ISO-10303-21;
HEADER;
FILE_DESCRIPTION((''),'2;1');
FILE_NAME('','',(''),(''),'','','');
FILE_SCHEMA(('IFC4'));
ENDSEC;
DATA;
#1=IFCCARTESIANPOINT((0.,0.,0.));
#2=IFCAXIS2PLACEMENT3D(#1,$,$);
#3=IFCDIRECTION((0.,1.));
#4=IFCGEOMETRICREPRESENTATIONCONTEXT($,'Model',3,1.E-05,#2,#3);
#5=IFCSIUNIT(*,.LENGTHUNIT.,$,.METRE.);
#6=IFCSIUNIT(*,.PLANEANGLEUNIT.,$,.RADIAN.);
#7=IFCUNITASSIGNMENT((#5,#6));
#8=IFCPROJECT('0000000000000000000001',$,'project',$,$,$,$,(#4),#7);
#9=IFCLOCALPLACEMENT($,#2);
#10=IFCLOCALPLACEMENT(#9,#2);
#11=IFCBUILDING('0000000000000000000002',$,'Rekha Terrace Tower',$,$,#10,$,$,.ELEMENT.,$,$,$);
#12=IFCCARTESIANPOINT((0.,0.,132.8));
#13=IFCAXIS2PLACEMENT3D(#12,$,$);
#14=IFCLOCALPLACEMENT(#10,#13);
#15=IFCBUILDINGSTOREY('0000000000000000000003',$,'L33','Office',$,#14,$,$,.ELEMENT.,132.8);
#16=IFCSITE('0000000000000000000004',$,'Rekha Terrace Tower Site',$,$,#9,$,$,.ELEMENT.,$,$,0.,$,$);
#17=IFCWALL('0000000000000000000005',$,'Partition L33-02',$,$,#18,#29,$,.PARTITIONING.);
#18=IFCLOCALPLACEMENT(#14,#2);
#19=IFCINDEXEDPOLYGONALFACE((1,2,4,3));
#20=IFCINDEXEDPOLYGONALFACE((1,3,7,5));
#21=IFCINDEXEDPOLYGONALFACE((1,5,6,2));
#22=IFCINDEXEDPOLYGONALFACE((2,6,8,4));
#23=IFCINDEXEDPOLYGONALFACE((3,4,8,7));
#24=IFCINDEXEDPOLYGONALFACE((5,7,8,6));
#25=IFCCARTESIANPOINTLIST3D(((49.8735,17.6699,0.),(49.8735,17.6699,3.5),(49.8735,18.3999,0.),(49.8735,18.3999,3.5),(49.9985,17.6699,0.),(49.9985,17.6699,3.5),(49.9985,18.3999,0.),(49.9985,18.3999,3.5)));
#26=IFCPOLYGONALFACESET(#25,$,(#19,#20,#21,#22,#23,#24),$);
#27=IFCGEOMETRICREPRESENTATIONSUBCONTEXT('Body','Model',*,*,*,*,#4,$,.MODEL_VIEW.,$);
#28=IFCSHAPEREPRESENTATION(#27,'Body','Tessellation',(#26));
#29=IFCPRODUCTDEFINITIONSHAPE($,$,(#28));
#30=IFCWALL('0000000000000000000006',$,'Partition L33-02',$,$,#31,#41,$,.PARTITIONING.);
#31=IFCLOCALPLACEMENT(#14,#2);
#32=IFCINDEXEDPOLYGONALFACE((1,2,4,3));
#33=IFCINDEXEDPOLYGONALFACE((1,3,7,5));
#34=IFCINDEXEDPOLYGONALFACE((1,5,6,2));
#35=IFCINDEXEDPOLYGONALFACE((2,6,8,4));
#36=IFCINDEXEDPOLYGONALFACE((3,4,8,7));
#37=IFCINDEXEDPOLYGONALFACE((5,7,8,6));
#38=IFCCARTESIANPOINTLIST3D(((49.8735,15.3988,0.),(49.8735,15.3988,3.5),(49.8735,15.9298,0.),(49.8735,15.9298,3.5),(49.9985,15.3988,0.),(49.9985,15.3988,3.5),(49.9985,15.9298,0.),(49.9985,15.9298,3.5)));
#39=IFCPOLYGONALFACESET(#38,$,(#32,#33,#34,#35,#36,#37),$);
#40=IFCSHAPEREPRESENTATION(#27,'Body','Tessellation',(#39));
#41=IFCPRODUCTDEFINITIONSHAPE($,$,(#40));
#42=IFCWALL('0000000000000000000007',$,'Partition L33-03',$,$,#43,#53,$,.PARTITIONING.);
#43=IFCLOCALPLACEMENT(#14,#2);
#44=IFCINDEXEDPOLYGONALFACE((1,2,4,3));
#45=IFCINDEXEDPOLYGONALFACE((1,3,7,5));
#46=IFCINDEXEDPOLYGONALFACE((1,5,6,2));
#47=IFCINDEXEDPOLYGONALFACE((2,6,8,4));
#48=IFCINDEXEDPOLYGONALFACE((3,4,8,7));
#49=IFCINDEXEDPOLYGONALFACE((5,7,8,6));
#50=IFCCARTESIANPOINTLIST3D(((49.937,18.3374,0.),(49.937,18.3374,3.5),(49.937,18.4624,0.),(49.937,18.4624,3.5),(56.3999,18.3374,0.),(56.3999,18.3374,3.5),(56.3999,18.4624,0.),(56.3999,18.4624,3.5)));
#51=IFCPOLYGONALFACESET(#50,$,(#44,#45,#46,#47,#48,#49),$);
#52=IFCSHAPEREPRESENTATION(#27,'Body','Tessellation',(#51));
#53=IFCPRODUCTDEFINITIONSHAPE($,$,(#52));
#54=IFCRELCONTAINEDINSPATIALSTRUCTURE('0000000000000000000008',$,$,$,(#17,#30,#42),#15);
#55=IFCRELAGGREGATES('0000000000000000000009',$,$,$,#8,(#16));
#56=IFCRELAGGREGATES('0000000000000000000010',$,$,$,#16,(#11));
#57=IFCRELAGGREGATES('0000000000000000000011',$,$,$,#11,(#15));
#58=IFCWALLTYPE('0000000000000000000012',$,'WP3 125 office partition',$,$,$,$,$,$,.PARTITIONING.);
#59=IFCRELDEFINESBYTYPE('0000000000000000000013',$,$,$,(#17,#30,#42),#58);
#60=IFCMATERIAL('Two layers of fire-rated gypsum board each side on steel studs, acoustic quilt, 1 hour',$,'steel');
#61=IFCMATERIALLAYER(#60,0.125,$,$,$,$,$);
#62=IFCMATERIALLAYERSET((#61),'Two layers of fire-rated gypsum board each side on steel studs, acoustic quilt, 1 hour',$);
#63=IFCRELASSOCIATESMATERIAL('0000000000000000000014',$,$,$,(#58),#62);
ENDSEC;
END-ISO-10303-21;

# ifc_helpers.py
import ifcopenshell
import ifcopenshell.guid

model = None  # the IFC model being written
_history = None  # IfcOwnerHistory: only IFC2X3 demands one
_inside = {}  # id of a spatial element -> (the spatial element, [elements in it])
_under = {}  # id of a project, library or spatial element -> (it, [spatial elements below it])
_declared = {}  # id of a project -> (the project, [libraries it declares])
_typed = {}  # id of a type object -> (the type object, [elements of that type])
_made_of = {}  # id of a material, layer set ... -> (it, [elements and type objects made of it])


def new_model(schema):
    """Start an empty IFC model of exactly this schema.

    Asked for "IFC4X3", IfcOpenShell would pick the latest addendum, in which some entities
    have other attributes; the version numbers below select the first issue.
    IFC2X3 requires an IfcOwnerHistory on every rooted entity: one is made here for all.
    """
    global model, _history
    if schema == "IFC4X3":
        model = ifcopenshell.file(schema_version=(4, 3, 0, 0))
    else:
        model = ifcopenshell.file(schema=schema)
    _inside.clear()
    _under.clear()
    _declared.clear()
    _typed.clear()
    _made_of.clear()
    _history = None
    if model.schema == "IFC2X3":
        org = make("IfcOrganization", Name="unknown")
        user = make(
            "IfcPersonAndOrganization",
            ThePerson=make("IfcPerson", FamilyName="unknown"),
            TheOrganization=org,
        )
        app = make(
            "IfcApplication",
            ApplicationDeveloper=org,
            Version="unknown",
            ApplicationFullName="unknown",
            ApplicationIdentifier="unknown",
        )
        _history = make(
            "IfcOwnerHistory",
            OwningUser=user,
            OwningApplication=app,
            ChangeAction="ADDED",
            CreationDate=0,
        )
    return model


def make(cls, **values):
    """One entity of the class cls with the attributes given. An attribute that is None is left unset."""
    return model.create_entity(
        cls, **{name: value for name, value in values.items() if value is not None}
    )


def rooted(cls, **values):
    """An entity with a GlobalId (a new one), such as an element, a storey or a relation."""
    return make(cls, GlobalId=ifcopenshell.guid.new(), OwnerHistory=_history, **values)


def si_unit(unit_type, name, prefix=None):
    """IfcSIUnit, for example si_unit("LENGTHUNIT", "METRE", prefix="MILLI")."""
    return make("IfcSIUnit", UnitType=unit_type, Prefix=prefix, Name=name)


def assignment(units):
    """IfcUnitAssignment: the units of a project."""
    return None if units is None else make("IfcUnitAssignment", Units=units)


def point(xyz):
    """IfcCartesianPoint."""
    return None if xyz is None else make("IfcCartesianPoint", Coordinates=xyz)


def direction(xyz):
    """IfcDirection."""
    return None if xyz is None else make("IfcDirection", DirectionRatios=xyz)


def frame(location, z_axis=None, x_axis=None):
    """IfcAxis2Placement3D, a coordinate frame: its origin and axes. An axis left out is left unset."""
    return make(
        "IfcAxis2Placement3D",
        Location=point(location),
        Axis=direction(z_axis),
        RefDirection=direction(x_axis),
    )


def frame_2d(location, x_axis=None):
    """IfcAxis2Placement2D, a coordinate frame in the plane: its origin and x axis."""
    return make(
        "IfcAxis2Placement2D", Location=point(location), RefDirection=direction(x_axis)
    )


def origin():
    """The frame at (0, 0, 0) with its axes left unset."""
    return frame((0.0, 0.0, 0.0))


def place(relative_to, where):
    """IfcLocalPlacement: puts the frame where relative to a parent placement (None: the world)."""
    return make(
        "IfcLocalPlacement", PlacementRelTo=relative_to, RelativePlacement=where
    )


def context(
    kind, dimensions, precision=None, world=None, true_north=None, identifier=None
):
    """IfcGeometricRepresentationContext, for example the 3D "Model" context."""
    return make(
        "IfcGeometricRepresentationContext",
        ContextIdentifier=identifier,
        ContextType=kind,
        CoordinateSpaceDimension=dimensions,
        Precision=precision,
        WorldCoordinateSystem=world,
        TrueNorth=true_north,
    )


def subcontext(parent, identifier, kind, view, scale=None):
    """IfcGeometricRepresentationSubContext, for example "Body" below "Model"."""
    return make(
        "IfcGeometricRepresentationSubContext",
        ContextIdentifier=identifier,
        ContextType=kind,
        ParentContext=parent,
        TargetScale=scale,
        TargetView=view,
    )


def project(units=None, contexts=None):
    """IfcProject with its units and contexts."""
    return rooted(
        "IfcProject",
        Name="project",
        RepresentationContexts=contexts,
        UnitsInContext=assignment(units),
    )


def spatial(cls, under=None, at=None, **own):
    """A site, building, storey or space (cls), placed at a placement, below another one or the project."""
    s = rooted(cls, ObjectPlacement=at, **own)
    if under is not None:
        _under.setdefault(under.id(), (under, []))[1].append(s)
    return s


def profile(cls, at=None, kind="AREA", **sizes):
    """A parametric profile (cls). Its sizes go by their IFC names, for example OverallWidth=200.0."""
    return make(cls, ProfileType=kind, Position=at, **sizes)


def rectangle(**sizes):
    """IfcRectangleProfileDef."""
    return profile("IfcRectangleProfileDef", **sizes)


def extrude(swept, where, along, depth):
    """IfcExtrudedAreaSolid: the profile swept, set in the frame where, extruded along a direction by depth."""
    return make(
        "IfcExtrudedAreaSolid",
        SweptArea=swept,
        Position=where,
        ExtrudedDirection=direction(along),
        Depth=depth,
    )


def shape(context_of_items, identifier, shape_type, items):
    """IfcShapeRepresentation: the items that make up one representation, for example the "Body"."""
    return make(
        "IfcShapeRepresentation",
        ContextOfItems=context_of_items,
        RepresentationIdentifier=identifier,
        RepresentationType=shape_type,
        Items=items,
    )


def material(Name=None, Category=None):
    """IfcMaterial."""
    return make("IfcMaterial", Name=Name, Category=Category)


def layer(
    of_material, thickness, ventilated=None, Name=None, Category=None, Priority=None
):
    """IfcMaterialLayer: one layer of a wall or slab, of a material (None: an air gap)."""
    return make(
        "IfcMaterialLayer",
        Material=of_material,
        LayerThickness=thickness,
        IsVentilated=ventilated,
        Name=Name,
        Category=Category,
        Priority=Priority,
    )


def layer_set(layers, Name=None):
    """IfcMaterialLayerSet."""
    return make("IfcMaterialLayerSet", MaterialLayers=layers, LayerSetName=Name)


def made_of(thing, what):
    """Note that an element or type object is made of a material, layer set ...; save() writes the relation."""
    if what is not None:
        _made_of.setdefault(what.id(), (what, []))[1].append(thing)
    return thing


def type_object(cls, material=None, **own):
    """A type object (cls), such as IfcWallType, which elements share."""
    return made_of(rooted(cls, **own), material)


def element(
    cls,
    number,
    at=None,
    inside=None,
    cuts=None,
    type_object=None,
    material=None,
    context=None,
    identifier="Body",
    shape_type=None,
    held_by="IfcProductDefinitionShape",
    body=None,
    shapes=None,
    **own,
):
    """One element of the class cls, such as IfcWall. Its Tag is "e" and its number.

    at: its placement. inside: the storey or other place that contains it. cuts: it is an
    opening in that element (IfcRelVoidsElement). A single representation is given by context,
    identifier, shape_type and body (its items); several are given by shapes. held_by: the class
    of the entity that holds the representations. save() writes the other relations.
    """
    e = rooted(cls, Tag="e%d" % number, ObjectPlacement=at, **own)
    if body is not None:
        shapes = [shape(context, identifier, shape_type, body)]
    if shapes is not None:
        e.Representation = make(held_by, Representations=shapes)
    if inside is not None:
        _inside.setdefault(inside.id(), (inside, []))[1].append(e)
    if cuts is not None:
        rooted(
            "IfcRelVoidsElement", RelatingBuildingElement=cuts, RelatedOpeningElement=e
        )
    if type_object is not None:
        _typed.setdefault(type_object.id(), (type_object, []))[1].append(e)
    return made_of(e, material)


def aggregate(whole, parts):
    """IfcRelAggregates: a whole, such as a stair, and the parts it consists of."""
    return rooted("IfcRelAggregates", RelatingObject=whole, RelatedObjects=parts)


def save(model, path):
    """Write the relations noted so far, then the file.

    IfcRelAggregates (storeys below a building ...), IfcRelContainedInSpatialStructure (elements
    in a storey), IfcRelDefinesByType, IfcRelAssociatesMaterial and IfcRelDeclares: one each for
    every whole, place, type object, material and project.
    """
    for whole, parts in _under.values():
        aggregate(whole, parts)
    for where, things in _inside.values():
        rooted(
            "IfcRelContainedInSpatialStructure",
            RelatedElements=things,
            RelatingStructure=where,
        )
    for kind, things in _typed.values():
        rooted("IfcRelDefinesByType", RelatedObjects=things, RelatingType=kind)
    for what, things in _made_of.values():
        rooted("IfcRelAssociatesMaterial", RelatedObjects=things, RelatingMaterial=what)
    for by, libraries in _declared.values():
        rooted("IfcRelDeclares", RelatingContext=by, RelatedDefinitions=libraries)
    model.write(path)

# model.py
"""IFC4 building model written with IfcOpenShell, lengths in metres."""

from ifc_helpers import new_model, si_unit, direction, frame, frame_2d, origin, place, context, subcontext, project, spatial, rectangle, extrude, material, layer, layer_set, type_object, element, save


model = new_model("IFC4")

# Units and contexts
model_context = context("Model", 3, precision=1e-05, world=origin(), true_north=direction((0.0, 1.0)))
body_context = subcontext(model_context, "Body", "Model", "MODEL_VIEW")
ifc_project = project(units=[si_unit("LENGTHUNIT", "METRE"), si_unit("PLANEANGLEUNIT", "RADIAN")], contexts=[model_context])

# Site, building, storey
site_placement = place(None, origin())
site = spatial("IfcSite", under=ifc_project, at=site_placement, Name="Rekha Terrace Tower Site", CompositionType="ELEMENT", RefElevation=0.0)
building_placement = place(site_placement, origin())
building = spatial("IfcBuilding", under=site, at=building_placement, Name="Rekha Terrace Tower", CompositionType="ELEMENT")
storey_placement = place(building_placement, frame((0.0, 0.0, 132.8)))
storey = spatial("IfcBuildingStorey", under=building, at=storey_placement, Name="L33", Description="Office", CompositionType="ELEMENT", Elevation=132.8)

# Walls
ifc_material_1 = material(Name="Two layers of fire-rated gypsum board each side on steel studs, acoustic quilt, 1 hour", Category="steel")
ifc_layer_1 = layer(ifc_material_1, 0.125)
ifc_layer_set_1 = layer_set([ifc_layer_1], Name="Two layers of fire-rated gypsum board each side on steel studs, acoustic quilt, 1 hour")
wall_type = type_object("IfcWallType", Name="WP3 125 office partition", PredefinedType="PARTITIONING", material=ifc_layer_set_1)
wall_1_placement = place(storey_placement, frame((49.936, 18.3999, 0.0), z_axis=(0.0, 0.0, 1.0), x_axis=(0.0, -1.0, 0.0)))
element("IfcWall", 1, at=wall_1_placement, inside=storey, type_object=wall_type, Name="Partition L33-02", PredefinedType="PARTITIONING", context=body_context, shape_type="SweptSolid", body=[
    extrude(rectangle(XDim=0.73, YDim=0.125, at=frame_2d((0.365, 0.0))), origin(), (0.0, 0.0, 1.0), 3.5),
])
wall_2_placement = place(storey_placement, frame((49.936, 15.9299, 0.0), z_axis=(0.0, 0.0, 1.0), x_axis=(0.0, -1.0, 0.0)))
element("IfcWall", 2, at=wall_2_placement, inside=storey, type_object=wall_type, Name="Partition L33-02", PredefinedType="PARTITIONING", context=body_context, shape_type="SweptSolid", body=[
    extrude(rectangle(XDim=0.531, YDim=0.125, at=frame_2d((0.2656, 0.0))), origin(), (0.0, 0.0, 1.0), 3.5),
])
wall_3_placement = place(storey_placement, frame((49.937, 18.3999, 0.0), z_axis=(0.0, 0.0, 1.0), x_axis=(1.0, 0.0, 0.0)))
element("IfcWall", 3, at=wall_3_placement, inside=storey, type_object=wall_type, Name="Partition L33-03", PredefinedType="PARTITIONING", context=body_context, shape_type="SweptSolid", body=[
    extrude(rectangle(XDim=6.4629, YDim=0.125, at=frame_2d((3.2314, 0.0))), origin(), (0.0, 0.0, 1.0), 3.5),
])

save(model, "model.ifc")
